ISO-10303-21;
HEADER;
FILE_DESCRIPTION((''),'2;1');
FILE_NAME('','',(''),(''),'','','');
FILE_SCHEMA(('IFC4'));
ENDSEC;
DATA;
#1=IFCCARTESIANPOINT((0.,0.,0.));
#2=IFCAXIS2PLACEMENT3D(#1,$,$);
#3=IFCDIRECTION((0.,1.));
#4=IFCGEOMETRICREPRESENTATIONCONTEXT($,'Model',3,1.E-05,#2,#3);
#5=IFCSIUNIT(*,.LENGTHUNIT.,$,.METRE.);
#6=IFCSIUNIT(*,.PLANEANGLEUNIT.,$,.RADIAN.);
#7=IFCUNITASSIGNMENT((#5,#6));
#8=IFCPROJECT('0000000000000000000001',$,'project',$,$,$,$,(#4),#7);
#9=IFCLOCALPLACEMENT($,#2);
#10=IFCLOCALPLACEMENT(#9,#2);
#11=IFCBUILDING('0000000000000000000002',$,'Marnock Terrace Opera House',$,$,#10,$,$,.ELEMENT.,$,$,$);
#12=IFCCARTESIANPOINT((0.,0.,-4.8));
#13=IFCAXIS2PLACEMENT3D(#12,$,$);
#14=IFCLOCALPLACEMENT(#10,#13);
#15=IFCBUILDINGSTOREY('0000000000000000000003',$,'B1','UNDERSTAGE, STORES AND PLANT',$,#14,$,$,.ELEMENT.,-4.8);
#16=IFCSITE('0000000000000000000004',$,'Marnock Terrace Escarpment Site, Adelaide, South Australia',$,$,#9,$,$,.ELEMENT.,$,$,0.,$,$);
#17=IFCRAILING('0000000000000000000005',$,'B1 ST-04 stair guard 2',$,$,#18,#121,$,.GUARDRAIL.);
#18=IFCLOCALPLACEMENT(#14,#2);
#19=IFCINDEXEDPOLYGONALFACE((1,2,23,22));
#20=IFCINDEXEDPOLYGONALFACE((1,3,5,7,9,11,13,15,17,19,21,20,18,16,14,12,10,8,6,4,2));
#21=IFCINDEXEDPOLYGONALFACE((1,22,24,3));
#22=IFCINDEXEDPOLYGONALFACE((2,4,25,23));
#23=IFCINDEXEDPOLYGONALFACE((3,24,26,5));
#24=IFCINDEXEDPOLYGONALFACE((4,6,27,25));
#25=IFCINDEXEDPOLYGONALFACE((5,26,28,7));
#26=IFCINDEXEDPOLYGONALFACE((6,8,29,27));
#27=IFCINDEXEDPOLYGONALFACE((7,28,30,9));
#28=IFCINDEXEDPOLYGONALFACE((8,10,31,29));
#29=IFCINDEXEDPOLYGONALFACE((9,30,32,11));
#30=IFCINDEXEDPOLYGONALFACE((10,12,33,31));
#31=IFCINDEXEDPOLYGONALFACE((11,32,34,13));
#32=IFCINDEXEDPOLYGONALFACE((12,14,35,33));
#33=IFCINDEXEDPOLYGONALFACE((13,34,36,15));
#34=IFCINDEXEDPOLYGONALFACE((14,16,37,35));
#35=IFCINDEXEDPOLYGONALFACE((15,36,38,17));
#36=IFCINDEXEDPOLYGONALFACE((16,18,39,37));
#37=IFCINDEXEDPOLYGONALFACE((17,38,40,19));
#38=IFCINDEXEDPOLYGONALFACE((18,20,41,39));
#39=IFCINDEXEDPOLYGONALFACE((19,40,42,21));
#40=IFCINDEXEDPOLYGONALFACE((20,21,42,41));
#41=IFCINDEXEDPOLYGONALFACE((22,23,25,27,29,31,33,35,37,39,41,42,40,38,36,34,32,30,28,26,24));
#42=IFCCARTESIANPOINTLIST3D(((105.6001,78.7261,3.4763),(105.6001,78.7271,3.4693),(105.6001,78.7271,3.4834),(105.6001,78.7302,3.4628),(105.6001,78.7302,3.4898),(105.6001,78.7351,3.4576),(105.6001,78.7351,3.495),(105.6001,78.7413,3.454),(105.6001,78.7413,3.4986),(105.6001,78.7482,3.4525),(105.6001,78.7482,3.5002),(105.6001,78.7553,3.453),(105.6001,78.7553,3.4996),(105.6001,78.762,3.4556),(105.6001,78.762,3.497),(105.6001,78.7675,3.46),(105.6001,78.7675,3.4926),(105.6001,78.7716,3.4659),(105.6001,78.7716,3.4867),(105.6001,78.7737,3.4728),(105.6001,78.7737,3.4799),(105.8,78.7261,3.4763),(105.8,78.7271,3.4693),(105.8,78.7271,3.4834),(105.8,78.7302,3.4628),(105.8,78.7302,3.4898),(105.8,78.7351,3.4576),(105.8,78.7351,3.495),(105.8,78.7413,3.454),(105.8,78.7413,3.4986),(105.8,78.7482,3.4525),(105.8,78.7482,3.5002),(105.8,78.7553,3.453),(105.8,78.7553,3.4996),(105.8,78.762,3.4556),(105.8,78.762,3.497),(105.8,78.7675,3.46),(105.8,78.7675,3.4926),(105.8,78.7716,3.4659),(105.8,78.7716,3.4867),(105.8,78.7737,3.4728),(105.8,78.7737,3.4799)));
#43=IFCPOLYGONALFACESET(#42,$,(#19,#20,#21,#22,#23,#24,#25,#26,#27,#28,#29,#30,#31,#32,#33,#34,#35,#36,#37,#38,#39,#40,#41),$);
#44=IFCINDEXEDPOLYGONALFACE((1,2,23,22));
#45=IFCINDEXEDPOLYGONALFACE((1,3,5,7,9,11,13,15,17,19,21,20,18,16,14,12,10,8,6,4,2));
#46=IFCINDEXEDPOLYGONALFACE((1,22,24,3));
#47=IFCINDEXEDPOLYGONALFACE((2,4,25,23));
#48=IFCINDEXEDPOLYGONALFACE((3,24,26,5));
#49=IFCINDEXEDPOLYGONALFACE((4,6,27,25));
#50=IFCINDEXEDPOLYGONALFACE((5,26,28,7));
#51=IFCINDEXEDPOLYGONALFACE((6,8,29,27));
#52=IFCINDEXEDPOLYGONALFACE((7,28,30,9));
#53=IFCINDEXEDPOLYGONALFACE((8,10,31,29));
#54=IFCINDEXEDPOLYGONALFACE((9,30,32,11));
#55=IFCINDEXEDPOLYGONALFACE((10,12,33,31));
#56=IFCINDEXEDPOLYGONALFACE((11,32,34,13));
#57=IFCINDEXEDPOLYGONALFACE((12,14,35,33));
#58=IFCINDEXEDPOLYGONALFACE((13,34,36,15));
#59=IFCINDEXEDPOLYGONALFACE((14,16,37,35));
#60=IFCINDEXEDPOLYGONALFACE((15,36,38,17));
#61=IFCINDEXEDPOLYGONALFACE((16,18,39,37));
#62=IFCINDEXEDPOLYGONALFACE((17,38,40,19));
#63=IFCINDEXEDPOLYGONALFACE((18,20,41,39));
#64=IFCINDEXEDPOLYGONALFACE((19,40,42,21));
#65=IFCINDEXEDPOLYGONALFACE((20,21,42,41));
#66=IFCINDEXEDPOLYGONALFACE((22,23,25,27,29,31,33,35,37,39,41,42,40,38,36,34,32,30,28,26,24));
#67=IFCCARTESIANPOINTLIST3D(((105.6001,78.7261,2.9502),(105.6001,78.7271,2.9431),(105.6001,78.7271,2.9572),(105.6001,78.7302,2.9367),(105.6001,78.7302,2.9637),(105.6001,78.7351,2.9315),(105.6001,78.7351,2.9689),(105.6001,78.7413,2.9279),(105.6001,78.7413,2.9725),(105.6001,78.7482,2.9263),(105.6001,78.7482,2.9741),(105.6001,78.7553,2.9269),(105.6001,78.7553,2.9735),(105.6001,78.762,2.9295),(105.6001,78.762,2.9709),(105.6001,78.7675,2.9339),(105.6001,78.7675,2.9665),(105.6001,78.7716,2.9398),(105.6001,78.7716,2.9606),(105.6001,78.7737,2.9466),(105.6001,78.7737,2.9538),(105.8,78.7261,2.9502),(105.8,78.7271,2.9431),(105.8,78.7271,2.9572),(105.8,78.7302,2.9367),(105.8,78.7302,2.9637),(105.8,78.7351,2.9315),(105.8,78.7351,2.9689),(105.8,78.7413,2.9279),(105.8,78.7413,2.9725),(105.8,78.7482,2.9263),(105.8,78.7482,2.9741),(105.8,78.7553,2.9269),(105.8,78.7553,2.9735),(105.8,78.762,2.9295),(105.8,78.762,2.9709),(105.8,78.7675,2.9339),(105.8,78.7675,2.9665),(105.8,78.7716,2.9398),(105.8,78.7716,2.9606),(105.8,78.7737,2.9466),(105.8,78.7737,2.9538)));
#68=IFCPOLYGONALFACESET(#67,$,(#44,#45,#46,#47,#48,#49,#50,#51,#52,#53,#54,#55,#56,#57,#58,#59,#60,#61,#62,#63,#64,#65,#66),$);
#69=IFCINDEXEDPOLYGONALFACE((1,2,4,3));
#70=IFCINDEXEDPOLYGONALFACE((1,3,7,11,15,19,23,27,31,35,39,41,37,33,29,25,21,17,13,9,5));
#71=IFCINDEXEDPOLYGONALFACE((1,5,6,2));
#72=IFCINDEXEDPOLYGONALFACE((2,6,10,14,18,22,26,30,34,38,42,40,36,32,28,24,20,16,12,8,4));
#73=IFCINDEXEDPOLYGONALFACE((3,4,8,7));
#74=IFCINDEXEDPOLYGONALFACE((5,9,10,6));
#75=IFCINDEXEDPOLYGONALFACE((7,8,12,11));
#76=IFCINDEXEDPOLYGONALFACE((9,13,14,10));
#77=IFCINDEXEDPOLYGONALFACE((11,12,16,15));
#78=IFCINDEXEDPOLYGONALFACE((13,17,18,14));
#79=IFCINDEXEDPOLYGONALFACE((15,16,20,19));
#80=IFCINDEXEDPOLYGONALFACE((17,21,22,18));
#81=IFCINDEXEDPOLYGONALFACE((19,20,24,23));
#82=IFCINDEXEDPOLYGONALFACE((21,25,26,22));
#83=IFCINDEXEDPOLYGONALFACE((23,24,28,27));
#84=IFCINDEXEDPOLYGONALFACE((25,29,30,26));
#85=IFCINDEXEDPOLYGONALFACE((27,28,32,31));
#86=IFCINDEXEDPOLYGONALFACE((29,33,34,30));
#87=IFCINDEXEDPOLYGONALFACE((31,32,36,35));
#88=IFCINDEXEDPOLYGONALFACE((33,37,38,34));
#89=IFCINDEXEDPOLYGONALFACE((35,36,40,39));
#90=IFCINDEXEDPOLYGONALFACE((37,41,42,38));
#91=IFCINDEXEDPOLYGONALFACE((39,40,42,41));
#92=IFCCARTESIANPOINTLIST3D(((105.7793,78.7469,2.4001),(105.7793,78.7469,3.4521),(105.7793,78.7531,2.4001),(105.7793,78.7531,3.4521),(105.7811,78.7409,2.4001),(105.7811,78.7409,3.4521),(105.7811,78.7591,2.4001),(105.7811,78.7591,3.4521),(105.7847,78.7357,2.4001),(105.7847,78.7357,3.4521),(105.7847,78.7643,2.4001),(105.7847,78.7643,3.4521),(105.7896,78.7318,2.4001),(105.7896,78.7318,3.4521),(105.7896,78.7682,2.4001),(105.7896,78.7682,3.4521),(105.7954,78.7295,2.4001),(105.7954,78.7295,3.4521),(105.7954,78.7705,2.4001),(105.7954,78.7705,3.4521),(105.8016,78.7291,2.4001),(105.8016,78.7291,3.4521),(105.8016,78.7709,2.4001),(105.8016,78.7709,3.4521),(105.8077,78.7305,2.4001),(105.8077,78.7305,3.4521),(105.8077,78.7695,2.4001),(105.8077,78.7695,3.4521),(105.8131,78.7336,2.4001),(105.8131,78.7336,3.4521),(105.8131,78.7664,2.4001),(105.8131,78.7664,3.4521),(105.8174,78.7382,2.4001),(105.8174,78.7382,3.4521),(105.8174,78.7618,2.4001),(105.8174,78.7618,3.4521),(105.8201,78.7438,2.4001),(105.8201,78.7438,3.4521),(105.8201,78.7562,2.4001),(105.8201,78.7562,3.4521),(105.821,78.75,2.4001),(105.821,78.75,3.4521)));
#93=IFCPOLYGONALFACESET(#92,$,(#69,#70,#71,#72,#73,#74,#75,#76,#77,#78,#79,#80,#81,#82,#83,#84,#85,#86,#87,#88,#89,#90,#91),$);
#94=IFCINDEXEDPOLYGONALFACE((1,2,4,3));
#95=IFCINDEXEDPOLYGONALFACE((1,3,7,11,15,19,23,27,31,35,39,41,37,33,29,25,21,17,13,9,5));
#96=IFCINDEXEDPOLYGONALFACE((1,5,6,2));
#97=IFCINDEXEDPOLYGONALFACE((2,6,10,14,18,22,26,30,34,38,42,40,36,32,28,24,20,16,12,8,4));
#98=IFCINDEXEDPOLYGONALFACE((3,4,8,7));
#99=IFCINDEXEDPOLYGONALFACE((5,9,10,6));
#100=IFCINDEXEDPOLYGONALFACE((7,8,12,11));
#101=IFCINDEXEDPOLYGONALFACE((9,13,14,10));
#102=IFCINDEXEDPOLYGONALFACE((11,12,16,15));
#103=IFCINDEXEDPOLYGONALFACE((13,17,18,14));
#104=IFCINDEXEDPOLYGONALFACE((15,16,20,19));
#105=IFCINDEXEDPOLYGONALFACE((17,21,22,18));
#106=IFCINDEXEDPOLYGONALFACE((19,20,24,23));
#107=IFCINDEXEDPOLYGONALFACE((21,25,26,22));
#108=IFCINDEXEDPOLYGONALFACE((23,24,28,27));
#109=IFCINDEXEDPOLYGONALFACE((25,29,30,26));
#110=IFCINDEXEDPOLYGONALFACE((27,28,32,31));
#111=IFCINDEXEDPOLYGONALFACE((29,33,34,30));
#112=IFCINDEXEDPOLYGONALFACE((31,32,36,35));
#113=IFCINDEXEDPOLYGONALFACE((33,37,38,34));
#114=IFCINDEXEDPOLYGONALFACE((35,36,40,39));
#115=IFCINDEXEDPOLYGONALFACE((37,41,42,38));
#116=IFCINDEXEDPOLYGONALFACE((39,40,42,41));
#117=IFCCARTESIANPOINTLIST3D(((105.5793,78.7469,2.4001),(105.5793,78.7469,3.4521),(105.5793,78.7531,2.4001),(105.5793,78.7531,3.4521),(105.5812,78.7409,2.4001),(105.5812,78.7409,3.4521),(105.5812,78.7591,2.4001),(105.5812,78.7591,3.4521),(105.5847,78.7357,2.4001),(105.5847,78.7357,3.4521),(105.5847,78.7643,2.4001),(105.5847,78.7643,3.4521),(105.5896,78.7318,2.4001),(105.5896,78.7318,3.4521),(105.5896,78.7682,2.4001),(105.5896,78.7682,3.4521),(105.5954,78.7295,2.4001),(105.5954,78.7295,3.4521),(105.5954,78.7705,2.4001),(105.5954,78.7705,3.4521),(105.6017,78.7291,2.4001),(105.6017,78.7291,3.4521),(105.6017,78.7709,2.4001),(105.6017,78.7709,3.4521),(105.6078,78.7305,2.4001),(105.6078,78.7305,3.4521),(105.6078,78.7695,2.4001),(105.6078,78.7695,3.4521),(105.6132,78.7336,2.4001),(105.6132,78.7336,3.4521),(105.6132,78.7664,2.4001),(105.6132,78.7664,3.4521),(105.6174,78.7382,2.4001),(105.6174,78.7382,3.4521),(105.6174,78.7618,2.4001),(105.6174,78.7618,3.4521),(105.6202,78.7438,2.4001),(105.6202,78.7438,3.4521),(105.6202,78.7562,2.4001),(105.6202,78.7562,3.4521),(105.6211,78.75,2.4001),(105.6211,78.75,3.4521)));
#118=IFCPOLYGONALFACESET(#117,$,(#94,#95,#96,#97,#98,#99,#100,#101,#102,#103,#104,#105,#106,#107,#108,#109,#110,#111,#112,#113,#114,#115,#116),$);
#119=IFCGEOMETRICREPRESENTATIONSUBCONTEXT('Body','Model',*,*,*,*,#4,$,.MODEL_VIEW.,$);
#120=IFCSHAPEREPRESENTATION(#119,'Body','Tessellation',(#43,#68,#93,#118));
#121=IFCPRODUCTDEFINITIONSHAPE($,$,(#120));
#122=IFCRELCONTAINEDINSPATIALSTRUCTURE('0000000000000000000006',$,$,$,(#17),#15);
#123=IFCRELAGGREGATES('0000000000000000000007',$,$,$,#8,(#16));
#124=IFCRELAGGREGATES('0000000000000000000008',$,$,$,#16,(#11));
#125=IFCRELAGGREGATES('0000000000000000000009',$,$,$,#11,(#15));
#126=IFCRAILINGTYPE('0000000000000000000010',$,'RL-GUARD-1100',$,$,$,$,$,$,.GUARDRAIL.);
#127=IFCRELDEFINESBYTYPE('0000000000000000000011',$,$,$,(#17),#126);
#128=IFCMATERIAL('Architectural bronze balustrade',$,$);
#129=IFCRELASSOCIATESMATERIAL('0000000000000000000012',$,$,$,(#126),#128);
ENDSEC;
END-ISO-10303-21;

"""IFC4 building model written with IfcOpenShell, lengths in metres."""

from ifc_helpers import new_model, si_unit, direction, frame, origin, origin_2d, place, context, subcontext, project, spatial, circle, extrude, material, type_object, element, save


model = new_model("IFC4")

# Units and contexts
model_context = context("Model", 3, precision=1e-05, world=origin(), true_north=direction((0.0, 1.0)))
body_context = subcontext(model_context, "Body", "Model", "MODEL_VIEW")
ifc_project = project(units=[si_unit("LENGTHUNIT", "METRE"), si_unit("PLANEANGLEUNIT", "RADIAN")], contexts=[model_context])

# Site, building, storey
site_placement = place(None, origin())
site = spatial("IfcSite", under=ifc_project, at=site_placement, Name="Marnock Terrace Escarpment Site, Adelaide, South Australia", CompositionType="ELEMENT", RefElevation=0.0)
building_placement = place(site_placement, origin())
building = spatial("IfcBuilding", under=site, at=building_placement, Name="Marnock Terrace Opera House", CompositionType="ELEMENT")
storey_placement = place(building_placement, frame((0.0, 0.0, -4.8)))
storey = spatial("IfcBuildingStorey", under=building, at=storey_placement, Name="B1", Description="UNDERSTAGE, STORES AND PLANT", CompositionType="ELEMENT", Elevation=-4.8)

# Railing
ifc_material_1 = material(Name="Architectural bronze balustrade")
railing_type_1 = type_object("IfcRailingType", Name="RL-GUARD-1100", PredefinedType="GUARDRAIL", material=ifc_material_1)
railing_1_placement = place(storey_placement, frame((105.8, 78.75, 2.4001)))
element("IfcRailing", 1, at=railing_1_placement, inside=storey, type_object=railing_type_1, Name="B1 ST-04 stair guard 2", PredefinedType="GUARDRAIL", context=body_context, shape_type="SweptSolid", body=[
    extrude(circle(Radius=0.0239, at=origin_2d()), frame((0.0, 0.0, 1.0762), z_axis=(-1.0, 0.0, 0.0), x_axis=(0.0, -1.0, 0.0)), (0.0, 0.0, 1.0), 0.2),
    extrude(circle(Radius=0.0239, at=origin_2d()), frame((0.0, 0.0, 0.55), z_axis=(-1.0, 0.0, 0.0), x_axis=(0.0, -1.0, 0.0)), (0.0, 0.0, 1.0), 0.2),
    extrude(circle(Radius=0.021, at=origin_2d()), origin(), (0.0, 0.0, 1.0), 1.052),
    extrude(circle(Radius=0.021, at=origin_2d()), frame((-0.2, 0.0, 0.0)), (0.0, 0.0, 1.0), 1.052),
])

save(model, "model.ifc")
